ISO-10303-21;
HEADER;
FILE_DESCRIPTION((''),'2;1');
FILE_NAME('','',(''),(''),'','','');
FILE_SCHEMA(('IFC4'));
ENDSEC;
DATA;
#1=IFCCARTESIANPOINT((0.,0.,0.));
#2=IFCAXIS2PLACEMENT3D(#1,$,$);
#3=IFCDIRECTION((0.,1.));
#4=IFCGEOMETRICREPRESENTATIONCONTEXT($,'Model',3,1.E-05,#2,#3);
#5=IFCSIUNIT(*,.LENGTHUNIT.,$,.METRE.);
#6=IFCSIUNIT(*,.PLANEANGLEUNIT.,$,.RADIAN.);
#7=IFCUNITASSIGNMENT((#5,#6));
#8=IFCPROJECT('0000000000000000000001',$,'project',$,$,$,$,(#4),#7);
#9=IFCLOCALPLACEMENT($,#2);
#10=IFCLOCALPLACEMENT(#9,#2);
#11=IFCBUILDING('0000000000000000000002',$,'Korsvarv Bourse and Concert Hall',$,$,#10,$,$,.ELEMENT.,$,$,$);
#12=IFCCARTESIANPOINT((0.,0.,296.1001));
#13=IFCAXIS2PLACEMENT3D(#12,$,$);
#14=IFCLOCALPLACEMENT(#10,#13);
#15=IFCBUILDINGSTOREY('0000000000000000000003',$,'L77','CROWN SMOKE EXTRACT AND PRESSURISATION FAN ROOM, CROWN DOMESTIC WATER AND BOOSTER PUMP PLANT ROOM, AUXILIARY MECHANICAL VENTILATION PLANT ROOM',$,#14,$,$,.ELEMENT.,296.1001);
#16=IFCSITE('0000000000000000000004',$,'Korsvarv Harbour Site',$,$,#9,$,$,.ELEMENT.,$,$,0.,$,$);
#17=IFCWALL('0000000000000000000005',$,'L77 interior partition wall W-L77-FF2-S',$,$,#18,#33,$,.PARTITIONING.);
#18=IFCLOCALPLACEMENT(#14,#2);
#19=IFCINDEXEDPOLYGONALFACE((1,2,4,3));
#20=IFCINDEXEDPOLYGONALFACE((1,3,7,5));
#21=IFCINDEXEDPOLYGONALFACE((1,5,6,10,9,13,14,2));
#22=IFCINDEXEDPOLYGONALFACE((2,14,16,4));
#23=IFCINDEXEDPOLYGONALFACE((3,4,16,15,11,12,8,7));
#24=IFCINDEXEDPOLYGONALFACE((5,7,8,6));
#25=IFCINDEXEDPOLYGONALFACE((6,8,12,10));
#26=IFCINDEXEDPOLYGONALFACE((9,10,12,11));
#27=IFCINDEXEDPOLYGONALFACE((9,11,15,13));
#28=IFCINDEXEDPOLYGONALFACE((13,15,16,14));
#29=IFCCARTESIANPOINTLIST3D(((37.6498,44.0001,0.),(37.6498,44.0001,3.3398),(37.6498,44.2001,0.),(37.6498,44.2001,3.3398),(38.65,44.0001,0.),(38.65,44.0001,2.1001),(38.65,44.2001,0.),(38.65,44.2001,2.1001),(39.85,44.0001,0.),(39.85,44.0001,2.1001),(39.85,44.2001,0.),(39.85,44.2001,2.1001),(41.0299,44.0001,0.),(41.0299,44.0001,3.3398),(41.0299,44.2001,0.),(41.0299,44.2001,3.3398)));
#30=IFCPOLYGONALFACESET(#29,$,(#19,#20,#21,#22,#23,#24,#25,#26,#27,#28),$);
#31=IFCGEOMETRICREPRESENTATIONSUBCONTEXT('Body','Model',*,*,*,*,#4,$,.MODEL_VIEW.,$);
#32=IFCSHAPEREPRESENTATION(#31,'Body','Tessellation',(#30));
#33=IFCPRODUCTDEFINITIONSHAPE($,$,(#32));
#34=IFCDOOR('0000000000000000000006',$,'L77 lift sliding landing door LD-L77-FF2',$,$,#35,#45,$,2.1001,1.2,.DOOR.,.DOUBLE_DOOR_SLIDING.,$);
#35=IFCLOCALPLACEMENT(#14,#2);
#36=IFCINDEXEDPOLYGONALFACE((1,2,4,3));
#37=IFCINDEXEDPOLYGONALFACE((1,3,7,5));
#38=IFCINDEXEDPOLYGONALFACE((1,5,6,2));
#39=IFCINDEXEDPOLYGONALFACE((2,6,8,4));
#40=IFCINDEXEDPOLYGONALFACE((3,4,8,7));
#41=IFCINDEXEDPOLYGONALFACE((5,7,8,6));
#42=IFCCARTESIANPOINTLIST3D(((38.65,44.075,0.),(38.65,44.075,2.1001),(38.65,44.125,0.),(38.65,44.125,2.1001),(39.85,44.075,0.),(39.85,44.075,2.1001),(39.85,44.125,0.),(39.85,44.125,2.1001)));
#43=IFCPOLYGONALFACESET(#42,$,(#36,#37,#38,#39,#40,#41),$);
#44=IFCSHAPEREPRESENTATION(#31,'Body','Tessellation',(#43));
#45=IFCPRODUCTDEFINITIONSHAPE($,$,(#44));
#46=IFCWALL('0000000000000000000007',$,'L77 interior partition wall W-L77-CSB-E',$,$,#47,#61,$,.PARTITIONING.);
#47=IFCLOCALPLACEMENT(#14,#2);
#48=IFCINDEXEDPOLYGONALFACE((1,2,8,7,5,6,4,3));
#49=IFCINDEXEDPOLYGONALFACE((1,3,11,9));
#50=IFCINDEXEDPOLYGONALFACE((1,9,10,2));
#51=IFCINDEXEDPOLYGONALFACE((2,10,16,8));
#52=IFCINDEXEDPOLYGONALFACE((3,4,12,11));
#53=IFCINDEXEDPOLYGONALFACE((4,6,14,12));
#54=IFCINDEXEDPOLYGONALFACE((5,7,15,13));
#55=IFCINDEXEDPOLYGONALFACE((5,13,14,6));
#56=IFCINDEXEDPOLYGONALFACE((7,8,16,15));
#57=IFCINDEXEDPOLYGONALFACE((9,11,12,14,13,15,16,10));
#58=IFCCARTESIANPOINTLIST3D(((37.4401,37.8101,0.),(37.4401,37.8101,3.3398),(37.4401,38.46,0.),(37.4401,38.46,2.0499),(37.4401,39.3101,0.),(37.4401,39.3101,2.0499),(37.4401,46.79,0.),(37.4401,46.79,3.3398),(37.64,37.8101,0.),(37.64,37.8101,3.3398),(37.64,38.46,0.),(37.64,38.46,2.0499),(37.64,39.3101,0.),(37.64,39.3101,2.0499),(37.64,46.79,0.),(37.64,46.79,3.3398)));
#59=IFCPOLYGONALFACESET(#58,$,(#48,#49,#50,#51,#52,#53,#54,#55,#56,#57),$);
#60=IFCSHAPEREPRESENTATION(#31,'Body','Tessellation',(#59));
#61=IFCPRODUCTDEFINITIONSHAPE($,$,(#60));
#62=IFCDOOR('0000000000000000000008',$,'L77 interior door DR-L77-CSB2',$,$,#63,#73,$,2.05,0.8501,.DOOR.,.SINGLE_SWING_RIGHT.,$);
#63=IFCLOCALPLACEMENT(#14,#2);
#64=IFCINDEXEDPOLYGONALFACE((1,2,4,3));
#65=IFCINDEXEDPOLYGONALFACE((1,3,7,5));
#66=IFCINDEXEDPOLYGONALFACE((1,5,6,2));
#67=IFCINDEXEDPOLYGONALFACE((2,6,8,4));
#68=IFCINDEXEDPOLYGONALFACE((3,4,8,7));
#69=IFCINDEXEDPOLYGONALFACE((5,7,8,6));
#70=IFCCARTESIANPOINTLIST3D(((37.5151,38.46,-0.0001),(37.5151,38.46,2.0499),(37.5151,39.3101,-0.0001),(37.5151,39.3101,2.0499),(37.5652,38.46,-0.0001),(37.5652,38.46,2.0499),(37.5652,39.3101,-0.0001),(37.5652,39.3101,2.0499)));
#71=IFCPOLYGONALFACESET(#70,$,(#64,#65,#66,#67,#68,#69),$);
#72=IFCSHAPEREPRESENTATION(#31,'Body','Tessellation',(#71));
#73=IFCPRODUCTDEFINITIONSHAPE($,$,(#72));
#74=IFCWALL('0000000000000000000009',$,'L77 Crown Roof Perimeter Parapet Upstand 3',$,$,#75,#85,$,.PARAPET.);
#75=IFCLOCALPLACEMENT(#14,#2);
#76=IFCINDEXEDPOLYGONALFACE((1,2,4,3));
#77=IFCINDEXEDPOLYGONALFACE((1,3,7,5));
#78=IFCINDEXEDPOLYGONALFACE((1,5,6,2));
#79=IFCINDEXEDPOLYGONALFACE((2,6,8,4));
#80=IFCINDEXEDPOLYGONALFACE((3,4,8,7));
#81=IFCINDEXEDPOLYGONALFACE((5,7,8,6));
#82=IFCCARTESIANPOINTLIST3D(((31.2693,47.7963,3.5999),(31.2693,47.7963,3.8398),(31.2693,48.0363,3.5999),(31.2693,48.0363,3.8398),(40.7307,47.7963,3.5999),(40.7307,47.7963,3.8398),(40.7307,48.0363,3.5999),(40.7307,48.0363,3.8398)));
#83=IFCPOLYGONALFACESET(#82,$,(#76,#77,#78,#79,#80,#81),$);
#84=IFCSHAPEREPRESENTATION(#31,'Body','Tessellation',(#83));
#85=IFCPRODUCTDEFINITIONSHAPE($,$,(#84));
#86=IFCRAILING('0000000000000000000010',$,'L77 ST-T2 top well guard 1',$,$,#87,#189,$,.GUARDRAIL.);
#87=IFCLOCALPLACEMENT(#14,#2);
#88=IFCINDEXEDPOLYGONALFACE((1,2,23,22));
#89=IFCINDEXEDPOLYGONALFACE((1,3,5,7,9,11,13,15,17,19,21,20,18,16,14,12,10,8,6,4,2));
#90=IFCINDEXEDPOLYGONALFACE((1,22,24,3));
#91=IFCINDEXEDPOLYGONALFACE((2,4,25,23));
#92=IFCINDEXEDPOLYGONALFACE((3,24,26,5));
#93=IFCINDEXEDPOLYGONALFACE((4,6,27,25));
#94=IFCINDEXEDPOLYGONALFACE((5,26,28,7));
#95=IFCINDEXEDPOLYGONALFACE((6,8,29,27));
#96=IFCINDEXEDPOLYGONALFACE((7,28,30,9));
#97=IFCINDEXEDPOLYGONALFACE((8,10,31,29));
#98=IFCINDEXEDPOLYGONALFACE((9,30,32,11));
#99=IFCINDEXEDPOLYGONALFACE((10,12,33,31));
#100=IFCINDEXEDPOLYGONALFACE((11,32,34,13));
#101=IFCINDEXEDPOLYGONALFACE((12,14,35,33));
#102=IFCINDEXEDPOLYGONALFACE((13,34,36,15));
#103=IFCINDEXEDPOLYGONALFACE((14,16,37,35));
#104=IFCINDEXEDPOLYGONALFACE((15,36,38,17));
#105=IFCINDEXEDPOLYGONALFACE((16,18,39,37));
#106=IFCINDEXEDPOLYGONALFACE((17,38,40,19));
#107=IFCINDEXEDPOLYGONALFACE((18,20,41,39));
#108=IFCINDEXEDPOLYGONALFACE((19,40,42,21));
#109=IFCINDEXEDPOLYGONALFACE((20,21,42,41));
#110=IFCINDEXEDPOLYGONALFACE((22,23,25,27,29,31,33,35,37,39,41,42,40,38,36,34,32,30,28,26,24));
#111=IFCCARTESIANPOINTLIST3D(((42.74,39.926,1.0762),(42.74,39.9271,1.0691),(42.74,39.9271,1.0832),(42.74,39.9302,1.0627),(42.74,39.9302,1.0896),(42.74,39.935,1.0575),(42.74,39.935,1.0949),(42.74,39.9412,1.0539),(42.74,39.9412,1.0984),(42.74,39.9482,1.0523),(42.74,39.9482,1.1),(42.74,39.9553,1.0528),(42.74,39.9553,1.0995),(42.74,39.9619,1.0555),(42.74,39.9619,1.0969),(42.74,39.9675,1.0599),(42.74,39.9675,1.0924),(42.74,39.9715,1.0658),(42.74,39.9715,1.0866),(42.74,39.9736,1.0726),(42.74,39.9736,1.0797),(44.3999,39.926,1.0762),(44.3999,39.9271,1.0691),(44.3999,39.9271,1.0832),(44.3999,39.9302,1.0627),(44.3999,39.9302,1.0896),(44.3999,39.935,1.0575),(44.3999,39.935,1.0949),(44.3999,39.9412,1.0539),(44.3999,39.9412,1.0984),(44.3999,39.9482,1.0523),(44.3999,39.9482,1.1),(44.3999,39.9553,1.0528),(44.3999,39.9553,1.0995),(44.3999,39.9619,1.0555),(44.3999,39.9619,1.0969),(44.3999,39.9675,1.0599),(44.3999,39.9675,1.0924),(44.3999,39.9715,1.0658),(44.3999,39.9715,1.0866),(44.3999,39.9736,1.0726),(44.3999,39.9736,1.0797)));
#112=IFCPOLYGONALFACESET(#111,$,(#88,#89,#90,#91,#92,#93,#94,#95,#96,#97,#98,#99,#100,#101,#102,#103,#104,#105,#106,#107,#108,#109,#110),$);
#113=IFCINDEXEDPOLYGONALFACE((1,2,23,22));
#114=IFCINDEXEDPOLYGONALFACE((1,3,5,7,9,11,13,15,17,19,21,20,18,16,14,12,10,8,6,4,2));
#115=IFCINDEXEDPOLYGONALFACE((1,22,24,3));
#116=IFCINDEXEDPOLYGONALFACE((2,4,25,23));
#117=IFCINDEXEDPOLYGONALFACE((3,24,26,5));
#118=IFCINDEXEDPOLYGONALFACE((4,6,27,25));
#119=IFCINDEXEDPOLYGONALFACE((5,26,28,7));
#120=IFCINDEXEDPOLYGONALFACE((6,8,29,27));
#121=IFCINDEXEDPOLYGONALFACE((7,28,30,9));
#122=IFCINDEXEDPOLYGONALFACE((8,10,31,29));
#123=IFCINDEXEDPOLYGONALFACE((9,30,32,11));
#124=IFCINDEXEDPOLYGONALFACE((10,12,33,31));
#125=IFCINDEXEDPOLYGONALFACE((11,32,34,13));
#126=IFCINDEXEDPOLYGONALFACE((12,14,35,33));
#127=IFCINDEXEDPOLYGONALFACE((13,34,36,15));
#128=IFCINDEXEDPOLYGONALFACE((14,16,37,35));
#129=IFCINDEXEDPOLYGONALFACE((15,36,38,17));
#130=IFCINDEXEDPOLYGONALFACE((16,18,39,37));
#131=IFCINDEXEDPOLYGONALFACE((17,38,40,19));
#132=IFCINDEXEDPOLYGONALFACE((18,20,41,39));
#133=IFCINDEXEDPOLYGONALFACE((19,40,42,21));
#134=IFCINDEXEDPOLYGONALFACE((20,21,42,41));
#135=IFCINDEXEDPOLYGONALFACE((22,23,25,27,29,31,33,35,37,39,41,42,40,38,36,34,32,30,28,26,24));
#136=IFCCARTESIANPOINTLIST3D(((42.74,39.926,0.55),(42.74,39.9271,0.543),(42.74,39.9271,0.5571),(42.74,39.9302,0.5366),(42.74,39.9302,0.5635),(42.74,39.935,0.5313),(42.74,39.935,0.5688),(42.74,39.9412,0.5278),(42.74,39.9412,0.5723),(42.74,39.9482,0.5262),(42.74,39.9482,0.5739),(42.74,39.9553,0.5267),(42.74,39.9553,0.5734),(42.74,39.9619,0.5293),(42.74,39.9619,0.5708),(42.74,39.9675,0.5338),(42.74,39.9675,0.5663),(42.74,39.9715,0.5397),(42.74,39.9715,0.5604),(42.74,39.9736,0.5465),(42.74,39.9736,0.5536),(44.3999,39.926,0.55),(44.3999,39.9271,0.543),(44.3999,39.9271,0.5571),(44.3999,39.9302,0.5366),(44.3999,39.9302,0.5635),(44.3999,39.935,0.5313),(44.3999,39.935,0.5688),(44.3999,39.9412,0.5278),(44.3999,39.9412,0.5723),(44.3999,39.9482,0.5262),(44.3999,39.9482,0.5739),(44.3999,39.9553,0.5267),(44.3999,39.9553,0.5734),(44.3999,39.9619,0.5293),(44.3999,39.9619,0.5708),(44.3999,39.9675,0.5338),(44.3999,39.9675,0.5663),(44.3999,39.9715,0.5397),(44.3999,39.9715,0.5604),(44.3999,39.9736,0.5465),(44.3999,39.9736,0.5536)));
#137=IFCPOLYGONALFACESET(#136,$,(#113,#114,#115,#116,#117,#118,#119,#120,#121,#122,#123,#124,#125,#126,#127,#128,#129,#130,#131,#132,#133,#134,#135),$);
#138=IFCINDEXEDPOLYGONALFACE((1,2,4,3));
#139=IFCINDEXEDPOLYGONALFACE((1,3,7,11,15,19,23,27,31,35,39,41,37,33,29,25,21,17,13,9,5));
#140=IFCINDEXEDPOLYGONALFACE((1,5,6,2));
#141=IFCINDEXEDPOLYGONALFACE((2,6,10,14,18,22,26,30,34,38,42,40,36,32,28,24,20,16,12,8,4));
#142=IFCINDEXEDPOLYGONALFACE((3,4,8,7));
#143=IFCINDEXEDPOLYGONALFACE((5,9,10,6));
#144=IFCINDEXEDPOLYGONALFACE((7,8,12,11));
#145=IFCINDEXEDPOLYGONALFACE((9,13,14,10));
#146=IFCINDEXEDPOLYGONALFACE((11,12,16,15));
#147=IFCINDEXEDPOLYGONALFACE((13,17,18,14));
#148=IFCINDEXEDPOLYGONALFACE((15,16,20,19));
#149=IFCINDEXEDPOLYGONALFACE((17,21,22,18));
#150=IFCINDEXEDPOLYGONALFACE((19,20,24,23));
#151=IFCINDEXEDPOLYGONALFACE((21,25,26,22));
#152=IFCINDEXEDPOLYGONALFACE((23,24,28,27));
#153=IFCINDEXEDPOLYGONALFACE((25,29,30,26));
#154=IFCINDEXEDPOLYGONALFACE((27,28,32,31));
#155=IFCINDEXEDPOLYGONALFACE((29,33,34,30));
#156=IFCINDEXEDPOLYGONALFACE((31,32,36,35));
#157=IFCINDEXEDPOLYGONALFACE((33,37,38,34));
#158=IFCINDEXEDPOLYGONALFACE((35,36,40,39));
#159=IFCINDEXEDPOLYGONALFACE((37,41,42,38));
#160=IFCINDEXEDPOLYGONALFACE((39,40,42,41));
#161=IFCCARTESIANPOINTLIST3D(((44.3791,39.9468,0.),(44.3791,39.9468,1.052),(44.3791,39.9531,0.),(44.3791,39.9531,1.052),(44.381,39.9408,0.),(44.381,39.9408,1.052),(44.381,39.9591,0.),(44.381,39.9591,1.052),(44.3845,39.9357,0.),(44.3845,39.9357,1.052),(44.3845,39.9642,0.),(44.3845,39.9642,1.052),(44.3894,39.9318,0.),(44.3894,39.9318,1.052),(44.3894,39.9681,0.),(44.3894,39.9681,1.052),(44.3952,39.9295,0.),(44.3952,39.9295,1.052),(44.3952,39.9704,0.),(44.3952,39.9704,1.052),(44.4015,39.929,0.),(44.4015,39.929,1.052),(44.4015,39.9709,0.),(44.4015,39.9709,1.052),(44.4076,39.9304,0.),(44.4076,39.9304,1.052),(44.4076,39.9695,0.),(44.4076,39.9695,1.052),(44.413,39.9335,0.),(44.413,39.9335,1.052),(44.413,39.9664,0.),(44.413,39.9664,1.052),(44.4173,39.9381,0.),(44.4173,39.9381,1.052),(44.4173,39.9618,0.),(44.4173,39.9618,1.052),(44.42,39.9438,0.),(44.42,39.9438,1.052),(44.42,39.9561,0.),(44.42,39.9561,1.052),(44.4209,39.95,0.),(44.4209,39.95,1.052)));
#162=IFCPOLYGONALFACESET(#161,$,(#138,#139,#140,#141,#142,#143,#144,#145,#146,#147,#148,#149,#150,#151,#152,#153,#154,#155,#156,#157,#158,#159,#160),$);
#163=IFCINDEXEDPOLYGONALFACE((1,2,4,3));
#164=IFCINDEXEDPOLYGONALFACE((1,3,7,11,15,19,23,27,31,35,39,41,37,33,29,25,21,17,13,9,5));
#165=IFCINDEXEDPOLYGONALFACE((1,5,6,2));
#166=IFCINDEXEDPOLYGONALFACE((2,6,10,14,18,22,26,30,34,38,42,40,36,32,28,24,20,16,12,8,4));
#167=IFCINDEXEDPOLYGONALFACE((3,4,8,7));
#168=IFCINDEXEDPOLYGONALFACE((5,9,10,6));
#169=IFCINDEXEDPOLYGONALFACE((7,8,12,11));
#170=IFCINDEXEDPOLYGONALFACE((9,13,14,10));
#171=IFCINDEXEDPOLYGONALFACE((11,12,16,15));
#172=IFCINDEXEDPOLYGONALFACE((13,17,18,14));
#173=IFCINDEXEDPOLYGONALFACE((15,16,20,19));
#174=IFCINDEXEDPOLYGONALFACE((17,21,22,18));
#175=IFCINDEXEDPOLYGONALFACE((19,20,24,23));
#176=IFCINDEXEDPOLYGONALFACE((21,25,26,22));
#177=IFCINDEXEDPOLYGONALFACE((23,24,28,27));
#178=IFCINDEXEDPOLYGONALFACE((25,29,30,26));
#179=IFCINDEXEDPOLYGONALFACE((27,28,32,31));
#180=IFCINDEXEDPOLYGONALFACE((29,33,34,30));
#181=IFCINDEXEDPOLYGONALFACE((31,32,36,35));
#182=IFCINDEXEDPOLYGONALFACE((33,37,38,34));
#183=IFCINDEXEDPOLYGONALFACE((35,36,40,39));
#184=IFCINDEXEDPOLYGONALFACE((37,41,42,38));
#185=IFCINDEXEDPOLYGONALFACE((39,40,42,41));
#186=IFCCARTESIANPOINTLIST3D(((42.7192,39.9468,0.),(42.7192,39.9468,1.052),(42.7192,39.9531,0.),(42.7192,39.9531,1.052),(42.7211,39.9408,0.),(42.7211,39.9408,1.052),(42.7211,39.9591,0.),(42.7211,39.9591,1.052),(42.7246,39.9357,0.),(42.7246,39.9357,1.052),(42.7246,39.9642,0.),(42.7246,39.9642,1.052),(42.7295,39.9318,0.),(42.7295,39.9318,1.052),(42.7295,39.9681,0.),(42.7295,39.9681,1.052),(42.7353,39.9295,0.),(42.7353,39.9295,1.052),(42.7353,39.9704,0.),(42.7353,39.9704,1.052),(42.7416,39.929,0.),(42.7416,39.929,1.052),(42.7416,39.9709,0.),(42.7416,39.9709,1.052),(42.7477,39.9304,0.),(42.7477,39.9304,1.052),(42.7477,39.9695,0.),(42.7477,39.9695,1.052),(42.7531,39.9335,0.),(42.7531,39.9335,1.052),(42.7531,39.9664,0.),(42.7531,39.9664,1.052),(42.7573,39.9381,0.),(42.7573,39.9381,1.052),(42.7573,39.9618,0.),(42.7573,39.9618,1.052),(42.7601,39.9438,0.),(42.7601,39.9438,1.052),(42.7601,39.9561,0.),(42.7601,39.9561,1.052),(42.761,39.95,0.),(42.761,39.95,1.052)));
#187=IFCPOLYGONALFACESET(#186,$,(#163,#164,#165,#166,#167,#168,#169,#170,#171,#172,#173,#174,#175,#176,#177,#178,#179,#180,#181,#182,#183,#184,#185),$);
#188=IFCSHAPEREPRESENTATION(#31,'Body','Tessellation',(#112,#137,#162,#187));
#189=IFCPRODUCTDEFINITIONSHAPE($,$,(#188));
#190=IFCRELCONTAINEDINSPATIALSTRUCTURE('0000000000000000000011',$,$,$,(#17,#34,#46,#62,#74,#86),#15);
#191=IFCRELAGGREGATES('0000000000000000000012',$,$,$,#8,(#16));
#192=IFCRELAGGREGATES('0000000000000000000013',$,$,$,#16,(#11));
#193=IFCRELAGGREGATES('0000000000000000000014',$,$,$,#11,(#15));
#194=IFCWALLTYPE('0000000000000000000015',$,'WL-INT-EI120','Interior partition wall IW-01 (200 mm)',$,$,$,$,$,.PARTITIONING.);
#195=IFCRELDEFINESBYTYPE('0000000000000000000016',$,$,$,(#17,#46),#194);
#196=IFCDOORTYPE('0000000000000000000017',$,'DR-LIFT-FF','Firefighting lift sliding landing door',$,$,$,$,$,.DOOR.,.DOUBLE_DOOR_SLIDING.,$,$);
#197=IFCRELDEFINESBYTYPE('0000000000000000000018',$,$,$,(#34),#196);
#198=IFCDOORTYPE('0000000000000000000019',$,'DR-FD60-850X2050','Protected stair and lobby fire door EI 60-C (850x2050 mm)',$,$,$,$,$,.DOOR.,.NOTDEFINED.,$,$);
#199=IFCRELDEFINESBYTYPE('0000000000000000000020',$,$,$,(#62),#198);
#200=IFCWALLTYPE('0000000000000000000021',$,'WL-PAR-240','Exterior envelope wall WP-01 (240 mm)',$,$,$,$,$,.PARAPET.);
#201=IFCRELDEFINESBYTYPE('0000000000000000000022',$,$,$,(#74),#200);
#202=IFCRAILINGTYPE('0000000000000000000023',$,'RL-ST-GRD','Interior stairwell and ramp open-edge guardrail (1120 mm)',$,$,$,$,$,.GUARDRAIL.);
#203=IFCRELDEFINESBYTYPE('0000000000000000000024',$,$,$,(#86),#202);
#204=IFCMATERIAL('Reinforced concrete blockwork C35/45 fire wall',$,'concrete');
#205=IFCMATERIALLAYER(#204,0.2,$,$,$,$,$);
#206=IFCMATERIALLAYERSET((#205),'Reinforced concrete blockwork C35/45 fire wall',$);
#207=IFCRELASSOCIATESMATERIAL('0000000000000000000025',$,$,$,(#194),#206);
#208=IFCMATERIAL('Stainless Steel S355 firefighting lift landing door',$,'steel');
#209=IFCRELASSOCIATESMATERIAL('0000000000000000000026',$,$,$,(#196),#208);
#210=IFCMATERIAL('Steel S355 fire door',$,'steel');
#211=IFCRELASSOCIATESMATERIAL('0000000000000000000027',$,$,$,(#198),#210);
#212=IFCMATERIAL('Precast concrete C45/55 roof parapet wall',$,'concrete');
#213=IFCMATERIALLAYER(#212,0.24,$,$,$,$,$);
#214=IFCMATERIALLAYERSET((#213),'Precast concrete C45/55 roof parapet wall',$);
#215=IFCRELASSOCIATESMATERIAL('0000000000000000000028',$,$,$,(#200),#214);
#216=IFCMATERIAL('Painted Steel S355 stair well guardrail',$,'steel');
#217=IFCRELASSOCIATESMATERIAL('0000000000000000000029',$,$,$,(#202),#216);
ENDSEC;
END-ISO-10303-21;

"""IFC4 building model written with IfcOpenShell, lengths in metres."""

from ifc_helpers import new_model, si_unit, direction, frame, frame_2d, origin, origin_2d, place, context, subcontext, project, spatial, rectangle, circle, extrude, material, layer, layer_set, type_object, element, fill, save


model = new_model("IFC4")

# Units and contexts
model_context = context("Model", 3, precision=1e-05, world=origin(), true_north=direction((0.0, 1.0)))
body_context = subcontext(model_context, "Body", "Model", "MODEL_VIEW")
ifc_project = project(units=[si_unit("LENGTHUNIT", "METRE"), si_unit("PLANEANGLEUNIT", "RADIAN")], contexts=[model_context])

# Site, building, storey
site_placement = place(None, origin())
site = spatial("IfcSite", under=ifc_project, at=site_placement, Name="Korsvarv Harbour Site", CompositionType="ELEMENT", RefElevation=0.0)
building_placement = place(site_placement, origin())
building = spatial("IfcBuilding", under=site, at=building_placement, Name="Korsvarv Bourse and Concert Hall", CompositionType="ELEMENT")
storey_placement = place(building_placement, frame((0.0, 0.0, 296.1001)))
storey = spatial("IfcBuildingStorey", under=building, at=storey_placement, Name="L77", Description="CROWN SMOKE EXTRACT AND PRESSURISATION FAN ROOM, CROWN DOMESTIC WATER AND BOOSTER PUMP PLANT ROOM, AUXILIARY MECHANICAL VENTILATION PLANT ROOM", CompositionType="ELEMENT", Elevation=296.1001)

# Shared definitions
ifc_material_1 = material(Name="Steel S355 fire door", Category="steel")

# Walls, openings, doors
ifc_material_2 = material(Name="Reinforced concrete blockwork C35/45 fire wall", Category="concrete")
ifc_layer_1 = layer(ifc_material_2, 0.2)
ifc_layer_set_1 = layer_set([ifc_layer_1], Name="Reinforced concrete blockwork C35/45 fire wall")
wall_type_1 = type_object("IfcWallType", Name="WL-INT-EI120", Description="Interior partition wall IW-01 (200 mm)", PredefinedType="PARTITIONING", material=ifc_layer_set_1)
wall_1_placement = place(storey_placement, frame((37.6499, 44.1001, 0.0), z_axis=(0.0, 0.0, 1.0), x_axis=(1.0, 0.0, 0.0)))
wall_1 = element("IfcWall", 1, at=wall_1_placement, inside=storey, type_object=wall_type_1, Name="L77 interior partition wall W-L77-FF2-S", PredefinedType="PARTITIONING", context=body_context, shape_type="SweptSolid", body=[
    extrude(rectangle(XDim=3.3801, YDim=0.2, at=frame_2d((1.6899, 0.0))), origin(), (0.0, 0.0, 1.0), 3.3398),
])
opening_1_placement = place(wall_1_placement, frame((1.0, 0.0, 0.0)))
opening_1 = element("IfcOpeningElement", 2, at=opening_1_placement, cuts=wall_1, PredefinedType="OPENING", context=body_context, shape_type="SweptSolid", body=[
    extrude(rectangle(XDim=1.2, YDim=2.1001, at=frame_2d((0.6001, 1.05))), frame((0.0, 0.1099, 0.0), z_axis=(0.0, -1.0, 0.0), x_axis=(1.0, 0.0, 0.0)), (0.0, 0.0, 1.0), 0.22),
])
ifc_material_3 = material(Name="Stainless Steel S355 firefighting lift landing door", Category="steel")
door_type_1 = type_object("IfcDoorType", Name="DR-LIFT-FF", Description="Firefighting lift sliding landing door", OperationType="DOUBLE_DOOR_SLIDING", PredefinedType="DOOR", material=ifc_material_3)
door_1_placement = place(opening_1_placement, origin())
door_1 = element("IfcDoor", 3, at=door_1_placement, inside=storey, type_object=door_type_1, Name="L77 lift sliding landing door LD-L77-FF2", OperationType="DOUBLE_DOOR_SLIDING", OverallHeight=2.1001, OverallWidth=1.2, PredefinedType="DOOR", context=body_context, shape_type="SweptSolid", body=[
    extrude(rectangle(XDim=1.2, YDim=2.1001, at=frame_2d((0.6001, 1.05))), frame((0.0, 0.0249, 0.0), z_axis=(0.0, -1.0, 0.0), x_axis=(1.0, 0.0, 0.0)), (0.0, 0.0, 1.0), 0.05),
])
fill(opening_1, door_1)
wall_2_placement = place(storey_placement, frame((37.54, 37.8101, 0.0), z_axis=(0.0, 0.0, 1.0), x_axis=(0.0, 1.0, 0.0)))
wall_2 = element("IfcWall", 4, at=wall_2_placement, inside=storey, type_object=wall_type_1, Name="L77 interior partition wall W-L77-CSB-E", PredefinedType="PARTITIONING", context=body_context, shape_type="SweptSolid", body=[
    extrude(rectangle(XDim=8.98, YDim=0.2, at=frame_2d((4.49, 0.0))), origin(), (0.0, 0.0, 1.0), 3.3398),
])
opening_2_placement = place(wall_2_placement, frame((0.6499, 0.0, 0.0)))
opening_2 = element("IfcOpeningElement", 5, at=opening_2_placement, cuts=wall_2, PredefinedType="OPENING", context=body_context, shape_type="SweptSolid", body=[
    extrude(rectangle(XDim=0.8501, YDim=2.05, at=frame_2d((0.425, 1.0249))), frame((0.0, 0.1099, 0.0), z_axis=(0.0, -1.0, 0.0), x_axis=(1.0, 0.0, 0.0)), (0.0, 0.0, 1.0), 0.22),
])
door_type_2 = type_object("IfcDoorType", Name="DR-FD60-850X2050", Description="Protected stair and lobby fire door EI 60-C (850x2050 mm)", OperationType="NOTDEFINED", PredefinedType="DOOR", material=ifc_material_1)
door_2_placement = place(opening_2_placement, origin())
door_2 = element("IfcDoor", 6, at=door_2_placement, inside=storey, type_object=door_type_2, Name="L77 interior door DR-L77-CSB2", OperationType="SINGLE_SWING_RIGHT", OverallHeight=2.05, OverallWidth=0.8501, PredefinedType="DOOR", context=body_context, shape_type="SweptSolid", body=[
    extrude(rectangle(XDim=0.8501, YDim=2.05, at=frame_2d((0.425, 1.0249))), frame((0.0, 0.0249, 0.0), z_axis=(0.0, -1.0, 0.0), x_axis=(1.0, 0.0, 0.0)), (0.0, 0.0, 1.0), 0.05),
])
fill(opening_2, door_2)

# Wall
ifc_material_4 = material(Name="Precast concrete C45/55 roof parapet wall", Category="concrete")
ifc_layer_2 = layer(ifc_material_4, 0.24)
ifc_layer_set_2 = layer_set([ifc_layer_2], Name="Precast concrete C45/55 roof parapet wall")
wall_type_2 = type_object("IfcWallType", Name="WL-PAR-240", Description="Exterior envelope wall WP-01 (240 mm)", PredefinedType="PARAPET", material=ifc_layer_set_2)
wall_3_placement = place(storey_placement, frame((40.7307, 47.9163, 3.5999), z_axis=(0.0, 0.0, 1.0), x_axis=(-1.0, 0.0, 0.0)))
element("IfcWall", 7, at=wall_3_placement, inside=storey, type_object=wall_type_2, Name="L77 Crown Roof Perimeter Parapet Upstand 3", PredefinedType="PARAPET", context=body_context, shape_type="SweptSolid", body=[
    extrude(rectangle(XDim=9.4614, YDim=0.24, at=frame_2d((4.7307, 0.0))), origin(), (0.0, 0.0, 1.0), 0.24),
])

# Railing
ifc_material_5 = material(Name="Painted Steel S355 stair well guardrail", Category="steel")
railing_type = type_object("IfcRailingType", Name="RL-ST-GRD", Description="Interior stairwell and ramp open-edge guardrail (1120 mm)", PredefinedType="GUARDRAIL", material=ifc_material_5)
railing_placement = place(storey_placement, frame((44.3999, 39.95, 0.0)))
element("IfcRailing", 8, at=railing_placement, inside=storey, type_object=railing_type, Name="L77 ST-T2 top well guard 1", PredefinedType="GUARDRAIL", context=body_context, shape_type="SweptSolid", body=[
    extrude(circle(Radius=0.0239, at=origin_2d()), frame((0.0, 0.0, 1.0762), z_axis=(-1.0, 0.0, 0.0), x_axis=(0.0, -1.0, 0.0)), (0.0, 0.0, 1.0), 1.6599),
    extrude(circle(Radius=0.0239, at=origin_2d()), frame((0.0, 0.0, 0.55), z_axis=(-1.0, 0.0, 0.0), x_axis=(0.0, -1.0, 0.0)), (0.0, 0.0, 1.0), 1.6599),
    extrude(circle(Radius=0.021, at=origin_2d()), origin(), (0.0, 0.0, 1.0), 1.052),
    extrude(circle(Radius=0.021, at=origin_2d()), frame((-1.6599, 0.0, 0.0)), (0.0, 0.0, 1.0), 1.052),
])

save(model, "model.ifc")
